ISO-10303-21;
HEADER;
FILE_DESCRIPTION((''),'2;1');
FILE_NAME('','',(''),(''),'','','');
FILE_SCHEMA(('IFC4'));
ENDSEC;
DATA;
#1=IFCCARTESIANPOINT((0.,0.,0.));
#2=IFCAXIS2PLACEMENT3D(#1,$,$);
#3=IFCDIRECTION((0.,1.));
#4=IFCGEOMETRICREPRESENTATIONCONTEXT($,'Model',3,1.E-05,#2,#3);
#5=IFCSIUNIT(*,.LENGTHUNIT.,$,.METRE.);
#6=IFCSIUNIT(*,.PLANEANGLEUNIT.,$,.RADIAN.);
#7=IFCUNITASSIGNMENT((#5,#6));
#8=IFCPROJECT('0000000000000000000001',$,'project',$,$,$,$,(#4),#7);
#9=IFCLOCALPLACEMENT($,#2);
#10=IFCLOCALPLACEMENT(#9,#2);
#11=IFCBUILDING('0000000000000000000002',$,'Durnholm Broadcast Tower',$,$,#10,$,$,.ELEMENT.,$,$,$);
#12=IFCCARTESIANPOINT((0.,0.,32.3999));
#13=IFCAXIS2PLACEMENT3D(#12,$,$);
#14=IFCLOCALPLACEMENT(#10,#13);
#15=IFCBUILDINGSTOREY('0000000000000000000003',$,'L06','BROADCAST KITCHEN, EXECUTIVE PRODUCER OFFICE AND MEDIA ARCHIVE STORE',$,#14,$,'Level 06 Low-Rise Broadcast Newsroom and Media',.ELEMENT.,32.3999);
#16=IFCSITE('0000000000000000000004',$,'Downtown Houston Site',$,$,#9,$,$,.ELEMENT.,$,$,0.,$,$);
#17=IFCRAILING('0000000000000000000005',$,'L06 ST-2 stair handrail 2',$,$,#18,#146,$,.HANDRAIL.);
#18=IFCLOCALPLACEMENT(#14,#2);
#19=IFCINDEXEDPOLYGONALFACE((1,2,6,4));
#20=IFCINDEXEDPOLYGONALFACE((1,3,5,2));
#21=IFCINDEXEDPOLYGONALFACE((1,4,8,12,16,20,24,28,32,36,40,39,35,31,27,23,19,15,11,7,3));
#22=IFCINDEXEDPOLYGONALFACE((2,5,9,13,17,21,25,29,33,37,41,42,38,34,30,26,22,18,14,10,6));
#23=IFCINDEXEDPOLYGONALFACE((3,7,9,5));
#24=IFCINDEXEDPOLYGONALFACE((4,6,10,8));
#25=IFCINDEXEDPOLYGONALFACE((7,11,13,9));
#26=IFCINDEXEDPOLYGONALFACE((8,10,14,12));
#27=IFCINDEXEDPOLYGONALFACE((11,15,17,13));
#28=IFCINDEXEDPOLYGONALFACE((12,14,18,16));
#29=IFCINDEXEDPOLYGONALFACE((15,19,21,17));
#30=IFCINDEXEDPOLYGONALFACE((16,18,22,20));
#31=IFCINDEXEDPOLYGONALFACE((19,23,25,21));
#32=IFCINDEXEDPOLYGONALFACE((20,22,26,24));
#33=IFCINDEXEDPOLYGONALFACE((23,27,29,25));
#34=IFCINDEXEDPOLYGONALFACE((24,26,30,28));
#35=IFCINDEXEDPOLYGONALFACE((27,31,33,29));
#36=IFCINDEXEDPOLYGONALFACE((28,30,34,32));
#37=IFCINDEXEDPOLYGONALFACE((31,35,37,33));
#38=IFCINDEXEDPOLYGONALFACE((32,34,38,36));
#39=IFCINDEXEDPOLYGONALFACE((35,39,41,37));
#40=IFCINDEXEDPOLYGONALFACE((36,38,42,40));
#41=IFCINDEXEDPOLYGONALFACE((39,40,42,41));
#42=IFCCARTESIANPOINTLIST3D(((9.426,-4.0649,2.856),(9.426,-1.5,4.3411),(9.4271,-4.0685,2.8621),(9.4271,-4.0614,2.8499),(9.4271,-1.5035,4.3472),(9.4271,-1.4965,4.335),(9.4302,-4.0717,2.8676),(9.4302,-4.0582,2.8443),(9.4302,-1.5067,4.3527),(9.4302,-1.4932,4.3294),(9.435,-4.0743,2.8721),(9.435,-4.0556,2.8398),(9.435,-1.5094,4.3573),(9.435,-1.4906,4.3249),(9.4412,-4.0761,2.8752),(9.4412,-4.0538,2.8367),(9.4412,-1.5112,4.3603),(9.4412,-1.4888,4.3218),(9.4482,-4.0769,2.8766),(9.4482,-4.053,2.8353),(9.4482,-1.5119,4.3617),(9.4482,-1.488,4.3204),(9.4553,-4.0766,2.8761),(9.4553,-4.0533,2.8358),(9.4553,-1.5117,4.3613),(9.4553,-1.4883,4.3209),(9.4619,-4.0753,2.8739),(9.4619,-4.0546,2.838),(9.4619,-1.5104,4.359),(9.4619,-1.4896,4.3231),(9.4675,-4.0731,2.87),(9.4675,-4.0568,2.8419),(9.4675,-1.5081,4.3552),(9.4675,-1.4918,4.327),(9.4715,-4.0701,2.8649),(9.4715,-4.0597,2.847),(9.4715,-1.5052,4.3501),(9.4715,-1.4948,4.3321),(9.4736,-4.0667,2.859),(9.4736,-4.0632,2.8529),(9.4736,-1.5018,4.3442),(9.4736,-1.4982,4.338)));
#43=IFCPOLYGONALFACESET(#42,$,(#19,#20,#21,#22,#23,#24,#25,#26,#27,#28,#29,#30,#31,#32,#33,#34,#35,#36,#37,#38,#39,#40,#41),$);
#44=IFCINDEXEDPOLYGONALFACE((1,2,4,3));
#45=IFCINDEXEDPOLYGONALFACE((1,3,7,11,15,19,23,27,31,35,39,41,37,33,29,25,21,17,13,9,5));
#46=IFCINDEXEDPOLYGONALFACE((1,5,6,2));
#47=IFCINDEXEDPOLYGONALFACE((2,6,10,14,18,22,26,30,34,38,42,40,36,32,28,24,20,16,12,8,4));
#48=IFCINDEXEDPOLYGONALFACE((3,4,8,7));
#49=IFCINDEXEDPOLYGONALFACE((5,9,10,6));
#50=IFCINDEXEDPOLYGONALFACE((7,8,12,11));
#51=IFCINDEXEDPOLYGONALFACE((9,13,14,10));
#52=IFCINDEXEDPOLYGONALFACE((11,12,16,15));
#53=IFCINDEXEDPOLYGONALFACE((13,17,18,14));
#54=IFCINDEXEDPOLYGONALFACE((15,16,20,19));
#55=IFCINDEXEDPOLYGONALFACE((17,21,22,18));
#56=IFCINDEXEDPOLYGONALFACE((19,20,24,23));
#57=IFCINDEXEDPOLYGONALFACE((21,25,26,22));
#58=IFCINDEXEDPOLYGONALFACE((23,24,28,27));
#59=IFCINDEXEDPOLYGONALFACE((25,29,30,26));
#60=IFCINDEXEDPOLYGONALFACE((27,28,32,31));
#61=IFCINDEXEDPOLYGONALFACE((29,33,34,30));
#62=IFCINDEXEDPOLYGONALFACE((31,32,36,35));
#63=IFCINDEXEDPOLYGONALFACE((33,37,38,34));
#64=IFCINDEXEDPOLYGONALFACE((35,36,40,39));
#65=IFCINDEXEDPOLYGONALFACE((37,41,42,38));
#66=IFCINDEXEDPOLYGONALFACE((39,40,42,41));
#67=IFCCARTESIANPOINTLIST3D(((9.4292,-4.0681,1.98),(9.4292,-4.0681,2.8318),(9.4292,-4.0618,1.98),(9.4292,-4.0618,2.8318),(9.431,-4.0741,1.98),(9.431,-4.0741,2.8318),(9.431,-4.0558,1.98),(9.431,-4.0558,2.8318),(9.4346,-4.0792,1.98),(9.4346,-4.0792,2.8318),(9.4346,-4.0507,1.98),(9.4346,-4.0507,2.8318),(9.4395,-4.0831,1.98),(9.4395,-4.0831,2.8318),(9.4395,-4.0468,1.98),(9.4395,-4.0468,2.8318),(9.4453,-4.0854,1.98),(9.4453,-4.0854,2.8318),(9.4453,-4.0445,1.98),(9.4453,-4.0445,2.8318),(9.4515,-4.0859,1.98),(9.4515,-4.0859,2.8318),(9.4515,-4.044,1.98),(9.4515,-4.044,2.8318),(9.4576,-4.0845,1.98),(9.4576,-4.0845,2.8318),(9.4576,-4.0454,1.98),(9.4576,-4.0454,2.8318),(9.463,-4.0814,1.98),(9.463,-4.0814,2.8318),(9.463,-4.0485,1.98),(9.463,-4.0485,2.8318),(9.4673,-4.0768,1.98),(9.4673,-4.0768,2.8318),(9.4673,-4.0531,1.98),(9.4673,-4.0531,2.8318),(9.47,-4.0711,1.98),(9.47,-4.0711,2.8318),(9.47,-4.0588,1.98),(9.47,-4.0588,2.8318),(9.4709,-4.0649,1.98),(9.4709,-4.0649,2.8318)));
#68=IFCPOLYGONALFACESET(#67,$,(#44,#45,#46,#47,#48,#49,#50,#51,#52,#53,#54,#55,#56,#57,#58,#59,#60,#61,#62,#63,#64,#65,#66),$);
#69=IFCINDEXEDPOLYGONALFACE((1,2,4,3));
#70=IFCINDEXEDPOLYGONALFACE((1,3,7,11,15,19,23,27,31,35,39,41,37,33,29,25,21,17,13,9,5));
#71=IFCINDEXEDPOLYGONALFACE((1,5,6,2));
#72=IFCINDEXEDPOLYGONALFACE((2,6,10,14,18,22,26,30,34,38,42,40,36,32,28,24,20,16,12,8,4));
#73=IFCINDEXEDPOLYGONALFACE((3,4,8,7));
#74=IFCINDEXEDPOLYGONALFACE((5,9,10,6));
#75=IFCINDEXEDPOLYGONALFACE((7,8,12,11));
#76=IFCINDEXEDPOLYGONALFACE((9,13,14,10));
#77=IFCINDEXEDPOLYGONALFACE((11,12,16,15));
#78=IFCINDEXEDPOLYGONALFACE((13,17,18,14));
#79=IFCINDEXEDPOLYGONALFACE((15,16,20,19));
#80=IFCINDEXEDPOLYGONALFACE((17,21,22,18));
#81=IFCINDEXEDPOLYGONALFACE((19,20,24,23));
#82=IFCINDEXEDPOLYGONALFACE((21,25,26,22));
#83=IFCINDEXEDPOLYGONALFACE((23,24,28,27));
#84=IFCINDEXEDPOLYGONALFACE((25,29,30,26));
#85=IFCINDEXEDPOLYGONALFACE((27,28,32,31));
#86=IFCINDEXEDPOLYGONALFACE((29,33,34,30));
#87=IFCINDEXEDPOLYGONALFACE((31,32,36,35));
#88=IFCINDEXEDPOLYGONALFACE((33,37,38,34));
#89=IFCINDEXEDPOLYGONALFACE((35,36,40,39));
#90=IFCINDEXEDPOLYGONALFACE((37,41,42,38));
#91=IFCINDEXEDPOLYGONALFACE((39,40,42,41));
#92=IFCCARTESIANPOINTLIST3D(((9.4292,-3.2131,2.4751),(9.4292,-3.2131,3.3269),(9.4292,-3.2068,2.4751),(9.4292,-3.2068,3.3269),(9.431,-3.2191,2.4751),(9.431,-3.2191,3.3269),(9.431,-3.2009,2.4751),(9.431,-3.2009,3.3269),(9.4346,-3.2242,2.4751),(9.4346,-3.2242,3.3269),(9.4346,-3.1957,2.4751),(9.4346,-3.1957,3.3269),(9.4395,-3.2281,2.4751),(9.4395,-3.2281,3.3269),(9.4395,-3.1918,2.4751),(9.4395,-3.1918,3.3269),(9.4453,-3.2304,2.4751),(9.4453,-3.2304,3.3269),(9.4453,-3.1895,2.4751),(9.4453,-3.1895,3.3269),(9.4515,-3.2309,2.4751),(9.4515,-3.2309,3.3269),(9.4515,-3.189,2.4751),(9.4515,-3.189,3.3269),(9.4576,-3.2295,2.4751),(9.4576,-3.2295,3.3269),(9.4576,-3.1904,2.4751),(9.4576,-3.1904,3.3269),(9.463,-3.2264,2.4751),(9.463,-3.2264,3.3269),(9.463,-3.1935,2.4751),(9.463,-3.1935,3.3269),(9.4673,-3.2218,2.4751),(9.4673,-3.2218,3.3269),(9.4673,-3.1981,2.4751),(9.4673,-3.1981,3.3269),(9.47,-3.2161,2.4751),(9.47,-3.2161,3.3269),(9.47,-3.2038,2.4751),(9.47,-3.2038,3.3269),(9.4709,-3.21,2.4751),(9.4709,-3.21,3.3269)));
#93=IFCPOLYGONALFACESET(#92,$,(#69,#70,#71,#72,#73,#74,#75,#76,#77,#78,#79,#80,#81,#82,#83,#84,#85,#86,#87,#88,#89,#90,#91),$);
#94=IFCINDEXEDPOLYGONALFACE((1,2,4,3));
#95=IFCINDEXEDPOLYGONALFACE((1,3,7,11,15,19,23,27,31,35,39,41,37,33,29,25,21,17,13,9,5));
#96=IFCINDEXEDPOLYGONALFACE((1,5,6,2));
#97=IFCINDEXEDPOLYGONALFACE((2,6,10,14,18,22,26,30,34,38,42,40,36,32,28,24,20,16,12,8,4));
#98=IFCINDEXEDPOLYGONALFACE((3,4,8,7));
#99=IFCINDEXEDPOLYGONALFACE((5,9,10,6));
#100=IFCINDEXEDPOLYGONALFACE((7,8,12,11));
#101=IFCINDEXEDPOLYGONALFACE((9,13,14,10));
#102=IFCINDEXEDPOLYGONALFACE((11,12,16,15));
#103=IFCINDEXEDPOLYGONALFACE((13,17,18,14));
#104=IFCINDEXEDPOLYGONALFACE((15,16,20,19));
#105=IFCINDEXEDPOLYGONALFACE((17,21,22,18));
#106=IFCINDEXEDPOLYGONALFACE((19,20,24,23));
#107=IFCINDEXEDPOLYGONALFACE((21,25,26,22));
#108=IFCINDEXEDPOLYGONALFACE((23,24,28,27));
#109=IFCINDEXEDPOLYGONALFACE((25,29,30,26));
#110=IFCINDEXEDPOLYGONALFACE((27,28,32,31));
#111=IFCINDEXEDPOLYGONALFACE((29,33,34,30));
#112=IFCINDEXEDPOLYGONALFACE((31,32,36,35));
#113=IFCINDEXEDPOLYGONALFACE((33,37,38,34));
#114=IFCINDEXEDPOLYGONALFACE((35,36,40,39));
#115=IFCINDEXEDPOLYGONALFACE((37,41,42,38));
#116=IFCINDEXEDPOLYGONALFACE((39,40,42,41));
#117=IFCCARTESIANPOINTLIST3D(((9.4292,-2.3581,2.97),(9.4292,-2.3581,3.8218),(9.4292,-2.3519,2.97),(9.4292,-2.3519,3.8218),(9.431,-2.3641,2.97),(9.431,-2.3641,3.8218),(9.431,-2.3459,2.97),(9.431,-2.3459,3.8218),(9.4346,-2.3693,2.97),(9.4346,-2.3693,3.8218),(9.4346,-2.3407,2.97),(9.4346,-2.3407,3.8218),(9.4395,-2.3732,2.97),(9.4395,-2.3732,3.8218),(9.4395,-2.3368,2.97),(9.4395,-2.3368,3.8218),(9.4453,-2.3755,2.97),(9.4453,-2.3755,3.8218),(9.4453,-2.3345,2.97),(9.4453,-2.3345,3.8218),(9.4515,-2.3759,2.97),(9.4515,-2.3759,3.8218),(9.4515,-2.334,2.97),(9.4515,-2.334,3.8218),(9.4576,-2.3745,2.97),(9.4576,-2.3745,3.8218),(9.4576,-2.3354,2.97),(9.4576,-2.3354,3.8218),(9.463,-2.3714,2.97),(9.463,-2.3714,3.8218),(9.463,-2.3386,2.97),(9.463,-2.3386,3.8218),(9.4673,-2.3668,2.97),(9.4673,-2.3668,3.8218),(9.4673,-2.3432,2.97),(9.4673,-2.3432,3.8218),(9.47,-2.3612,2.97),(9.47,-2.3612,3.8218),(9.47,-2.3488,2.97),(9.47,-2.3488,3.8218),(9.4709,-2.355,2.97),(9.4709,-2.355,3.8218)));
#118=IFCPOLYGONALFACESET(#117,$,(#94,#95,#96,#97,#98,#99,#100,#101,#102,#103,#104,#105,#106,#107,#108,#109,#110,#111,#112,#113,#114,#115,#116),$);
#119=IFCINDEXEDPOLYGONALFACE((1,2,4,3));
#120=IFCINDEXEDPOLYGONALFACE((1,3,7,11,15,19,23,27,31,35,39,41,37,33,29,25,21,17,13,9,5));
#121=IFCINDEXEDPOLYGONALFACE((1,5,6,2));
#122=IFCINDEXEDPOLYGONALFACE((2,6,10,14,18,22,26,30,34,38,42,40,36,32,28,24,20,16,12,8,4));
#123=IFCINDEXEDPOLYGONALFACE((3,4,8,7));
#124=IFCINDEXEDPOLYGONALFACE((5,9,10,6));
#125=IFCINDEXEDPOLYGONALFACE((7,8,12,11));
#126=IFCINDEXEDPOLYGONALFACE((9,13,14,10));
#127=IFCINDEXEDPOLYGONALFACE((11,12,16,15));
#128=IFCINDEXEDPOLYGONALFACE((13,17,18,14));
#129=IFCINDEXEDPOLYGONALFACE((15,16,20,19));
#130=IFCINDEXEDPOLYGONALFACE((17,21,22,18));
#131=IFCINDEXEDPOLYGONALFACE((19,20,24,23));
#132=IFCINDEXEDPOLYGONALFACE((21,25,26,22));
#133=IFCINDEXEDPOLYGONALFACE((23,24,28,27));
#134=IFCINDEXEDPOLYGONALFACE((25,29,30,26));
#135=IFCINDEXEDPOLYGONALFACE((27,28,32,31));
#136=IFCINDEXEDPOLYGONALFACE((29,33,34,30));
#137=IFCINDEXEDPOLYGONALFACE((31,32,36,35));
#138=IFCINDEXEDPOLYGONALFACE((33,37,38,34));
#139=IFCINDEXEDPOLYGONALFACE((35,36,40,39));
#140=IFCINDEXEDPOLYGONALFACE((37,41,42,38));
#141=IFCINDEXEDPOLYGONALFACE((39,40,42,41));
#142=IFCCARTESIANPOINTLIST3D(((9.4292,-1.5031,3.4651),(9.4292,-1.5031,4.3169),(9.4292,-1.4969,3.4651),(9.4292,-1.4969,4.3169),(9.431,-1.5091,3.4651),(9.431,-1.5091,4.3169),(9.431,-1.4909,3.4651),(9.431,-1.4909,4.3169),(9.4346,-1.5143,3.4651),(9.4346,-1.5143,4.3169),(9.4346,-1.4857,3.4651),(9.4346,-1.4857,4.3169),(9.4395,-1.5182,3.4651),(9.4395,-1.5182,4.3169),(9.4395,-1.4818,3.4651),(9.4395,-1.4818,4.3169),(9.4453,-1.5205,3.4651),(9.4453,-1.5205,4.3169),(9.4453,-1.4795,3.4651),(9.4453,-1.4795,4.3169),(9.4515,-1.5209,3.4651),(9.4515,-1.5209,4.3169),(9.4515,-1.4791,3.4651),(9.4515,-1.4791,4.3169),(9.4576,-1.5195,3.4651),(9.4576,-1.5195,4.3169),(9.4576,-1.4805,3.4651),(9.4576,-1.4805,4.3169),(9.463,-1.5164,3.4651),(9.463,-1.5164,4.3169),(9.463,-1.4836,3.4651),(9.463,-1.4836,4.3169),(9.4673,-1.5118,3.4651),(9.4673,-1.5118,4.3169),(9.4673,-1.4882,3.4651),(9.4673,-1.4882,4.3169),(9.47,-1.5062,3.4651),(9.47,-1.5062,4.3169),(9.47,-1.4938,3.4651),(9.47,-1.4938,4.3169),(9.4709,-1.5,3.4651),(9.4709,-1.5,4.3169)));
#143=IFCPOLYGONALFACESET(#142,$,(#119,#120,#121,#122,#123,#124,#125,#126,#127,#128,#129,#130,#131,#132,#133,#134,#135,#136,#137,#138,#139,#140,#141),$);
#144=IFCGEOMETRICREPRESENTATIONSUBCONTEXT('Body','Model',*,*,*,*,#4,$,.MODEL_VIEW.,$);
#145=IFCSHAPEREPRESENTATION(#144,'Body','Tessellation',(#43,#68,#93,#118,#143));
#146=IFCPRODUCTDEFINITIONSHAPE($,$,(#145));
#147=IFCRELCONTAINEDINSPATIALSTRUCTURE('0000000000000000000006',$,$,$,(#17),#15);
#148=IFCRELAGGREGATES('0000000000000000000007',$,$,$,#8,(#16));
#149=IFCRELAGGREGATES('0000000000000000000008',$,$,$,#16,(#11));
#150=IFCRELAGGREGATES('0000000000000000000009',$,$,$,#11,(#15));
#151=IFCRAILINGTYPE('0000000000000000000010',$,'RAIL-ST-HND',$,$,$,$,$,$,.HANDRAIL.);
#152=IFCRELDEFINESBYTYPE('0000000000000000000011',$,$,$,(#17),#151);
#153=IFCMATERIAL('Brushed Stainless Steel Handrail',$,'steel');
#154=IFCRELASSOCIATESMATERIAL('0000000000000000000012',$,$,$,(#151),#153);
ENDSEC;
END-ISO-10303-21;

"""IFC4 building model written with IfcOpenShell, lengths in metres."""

from ifc_helpers import new_model, si_unit, direction, frame, origin, origin_2d, place, context, subcontext, project, spatial, circle, extrude, material, type_object, element, save


model = new_model("IFC4")

# Units and contexts
model_context = context("Model", 3, precision=1e-05, world=origin(), true_north=direction((0.0, 1.0)))
body_context = subcontext(model_context, "Body", "Model", "MODEL_VIEW")
ifc_project = project(units=[si_unit("LENGTHUNIT", "METRE"), si_unit("PLANEANGLEUNIT", "RADIAN")], contexts=[model_context])

# Site, building, storey
site_placement = place(None, origin())
site = spatial("IfcSite", under=ifc_project, at=site_placement, Name="Downtown Houston Site", CompositionType="ELEMENT", RefElevation=0.0)
building_placement = place(site_placement, origin())
building = spatial("IfcBuilding", under=site, at=building_placement, Name="Durnholm Broadcast Tower", CompositionType="ELEMENT")
storey_placement = place(building_placement, frame((0.0, 0.0, 32.3999)))
storey = spatial("IfcBuildingStorey", under=building, at=storey_placement, Name="L06", Description="BROADCAST KITCHEN, EXECUTIVE PRODUCER OFFICE AND MEDIA ARCHIVE STORE", LongName="Level 06 Low-Rise Broadcast Newsroom and Media", CompositionType="ELEMENT", Elevation=32.3999)

# Railing
ifc_material_1 = material(Name="Brushed Stainless Steel Handrail", Category="steel")
railing_type_1 = type_object("IfcRailingType", Name="RAIL-ST-HND", PredefinedType="HANDRAIL", material=ifc_material_1)
railing_1_placement = place(storey_placement, frame((9.45, -4.0649, 1.98)))
element("IfcRailing", 1, at=railing_1_placement, inside=storey, type_object=railing_type_1, Name="L06 ST-2 stair handrail 2", PredefinedType="HANDRAIL", context=body_context, shape_type="SweptSolid", body=[
    extrude(circle(Radius=0.0239, at=origin_2d()), frame((0.0, 0.0, 0.876), z_axis=(0.0, 0.865406, 0.501072), x_axis=(-1.0, 0.0, 0.0)), (0.0, 0.0, 1.0), 2.9639),
    extrude(circle(Radius=0.021, at=origin_2d()), origin(), (0.0, 0.0, 1.0), 0.8518),
    extrude(circle(Radius=0.021, at=origin_2d()), frame((0.0, 0.855, 0.4951)), (0.0, 0.0, 1.0), 0.8518),
    extrude(circle(Radius=0.021, at=origin_2d()), frame((0.0, 1.71, 0.99)), (0.0, 0.0, 1.0), 0.8518),
    extrude(circle(Radius=0.021, at=origin_2d()), frame((0.0, 2.5649, 1.4851)), (0.0, 0.0, 1.0), 0.8518),
])

save(model, "model.ifc")
